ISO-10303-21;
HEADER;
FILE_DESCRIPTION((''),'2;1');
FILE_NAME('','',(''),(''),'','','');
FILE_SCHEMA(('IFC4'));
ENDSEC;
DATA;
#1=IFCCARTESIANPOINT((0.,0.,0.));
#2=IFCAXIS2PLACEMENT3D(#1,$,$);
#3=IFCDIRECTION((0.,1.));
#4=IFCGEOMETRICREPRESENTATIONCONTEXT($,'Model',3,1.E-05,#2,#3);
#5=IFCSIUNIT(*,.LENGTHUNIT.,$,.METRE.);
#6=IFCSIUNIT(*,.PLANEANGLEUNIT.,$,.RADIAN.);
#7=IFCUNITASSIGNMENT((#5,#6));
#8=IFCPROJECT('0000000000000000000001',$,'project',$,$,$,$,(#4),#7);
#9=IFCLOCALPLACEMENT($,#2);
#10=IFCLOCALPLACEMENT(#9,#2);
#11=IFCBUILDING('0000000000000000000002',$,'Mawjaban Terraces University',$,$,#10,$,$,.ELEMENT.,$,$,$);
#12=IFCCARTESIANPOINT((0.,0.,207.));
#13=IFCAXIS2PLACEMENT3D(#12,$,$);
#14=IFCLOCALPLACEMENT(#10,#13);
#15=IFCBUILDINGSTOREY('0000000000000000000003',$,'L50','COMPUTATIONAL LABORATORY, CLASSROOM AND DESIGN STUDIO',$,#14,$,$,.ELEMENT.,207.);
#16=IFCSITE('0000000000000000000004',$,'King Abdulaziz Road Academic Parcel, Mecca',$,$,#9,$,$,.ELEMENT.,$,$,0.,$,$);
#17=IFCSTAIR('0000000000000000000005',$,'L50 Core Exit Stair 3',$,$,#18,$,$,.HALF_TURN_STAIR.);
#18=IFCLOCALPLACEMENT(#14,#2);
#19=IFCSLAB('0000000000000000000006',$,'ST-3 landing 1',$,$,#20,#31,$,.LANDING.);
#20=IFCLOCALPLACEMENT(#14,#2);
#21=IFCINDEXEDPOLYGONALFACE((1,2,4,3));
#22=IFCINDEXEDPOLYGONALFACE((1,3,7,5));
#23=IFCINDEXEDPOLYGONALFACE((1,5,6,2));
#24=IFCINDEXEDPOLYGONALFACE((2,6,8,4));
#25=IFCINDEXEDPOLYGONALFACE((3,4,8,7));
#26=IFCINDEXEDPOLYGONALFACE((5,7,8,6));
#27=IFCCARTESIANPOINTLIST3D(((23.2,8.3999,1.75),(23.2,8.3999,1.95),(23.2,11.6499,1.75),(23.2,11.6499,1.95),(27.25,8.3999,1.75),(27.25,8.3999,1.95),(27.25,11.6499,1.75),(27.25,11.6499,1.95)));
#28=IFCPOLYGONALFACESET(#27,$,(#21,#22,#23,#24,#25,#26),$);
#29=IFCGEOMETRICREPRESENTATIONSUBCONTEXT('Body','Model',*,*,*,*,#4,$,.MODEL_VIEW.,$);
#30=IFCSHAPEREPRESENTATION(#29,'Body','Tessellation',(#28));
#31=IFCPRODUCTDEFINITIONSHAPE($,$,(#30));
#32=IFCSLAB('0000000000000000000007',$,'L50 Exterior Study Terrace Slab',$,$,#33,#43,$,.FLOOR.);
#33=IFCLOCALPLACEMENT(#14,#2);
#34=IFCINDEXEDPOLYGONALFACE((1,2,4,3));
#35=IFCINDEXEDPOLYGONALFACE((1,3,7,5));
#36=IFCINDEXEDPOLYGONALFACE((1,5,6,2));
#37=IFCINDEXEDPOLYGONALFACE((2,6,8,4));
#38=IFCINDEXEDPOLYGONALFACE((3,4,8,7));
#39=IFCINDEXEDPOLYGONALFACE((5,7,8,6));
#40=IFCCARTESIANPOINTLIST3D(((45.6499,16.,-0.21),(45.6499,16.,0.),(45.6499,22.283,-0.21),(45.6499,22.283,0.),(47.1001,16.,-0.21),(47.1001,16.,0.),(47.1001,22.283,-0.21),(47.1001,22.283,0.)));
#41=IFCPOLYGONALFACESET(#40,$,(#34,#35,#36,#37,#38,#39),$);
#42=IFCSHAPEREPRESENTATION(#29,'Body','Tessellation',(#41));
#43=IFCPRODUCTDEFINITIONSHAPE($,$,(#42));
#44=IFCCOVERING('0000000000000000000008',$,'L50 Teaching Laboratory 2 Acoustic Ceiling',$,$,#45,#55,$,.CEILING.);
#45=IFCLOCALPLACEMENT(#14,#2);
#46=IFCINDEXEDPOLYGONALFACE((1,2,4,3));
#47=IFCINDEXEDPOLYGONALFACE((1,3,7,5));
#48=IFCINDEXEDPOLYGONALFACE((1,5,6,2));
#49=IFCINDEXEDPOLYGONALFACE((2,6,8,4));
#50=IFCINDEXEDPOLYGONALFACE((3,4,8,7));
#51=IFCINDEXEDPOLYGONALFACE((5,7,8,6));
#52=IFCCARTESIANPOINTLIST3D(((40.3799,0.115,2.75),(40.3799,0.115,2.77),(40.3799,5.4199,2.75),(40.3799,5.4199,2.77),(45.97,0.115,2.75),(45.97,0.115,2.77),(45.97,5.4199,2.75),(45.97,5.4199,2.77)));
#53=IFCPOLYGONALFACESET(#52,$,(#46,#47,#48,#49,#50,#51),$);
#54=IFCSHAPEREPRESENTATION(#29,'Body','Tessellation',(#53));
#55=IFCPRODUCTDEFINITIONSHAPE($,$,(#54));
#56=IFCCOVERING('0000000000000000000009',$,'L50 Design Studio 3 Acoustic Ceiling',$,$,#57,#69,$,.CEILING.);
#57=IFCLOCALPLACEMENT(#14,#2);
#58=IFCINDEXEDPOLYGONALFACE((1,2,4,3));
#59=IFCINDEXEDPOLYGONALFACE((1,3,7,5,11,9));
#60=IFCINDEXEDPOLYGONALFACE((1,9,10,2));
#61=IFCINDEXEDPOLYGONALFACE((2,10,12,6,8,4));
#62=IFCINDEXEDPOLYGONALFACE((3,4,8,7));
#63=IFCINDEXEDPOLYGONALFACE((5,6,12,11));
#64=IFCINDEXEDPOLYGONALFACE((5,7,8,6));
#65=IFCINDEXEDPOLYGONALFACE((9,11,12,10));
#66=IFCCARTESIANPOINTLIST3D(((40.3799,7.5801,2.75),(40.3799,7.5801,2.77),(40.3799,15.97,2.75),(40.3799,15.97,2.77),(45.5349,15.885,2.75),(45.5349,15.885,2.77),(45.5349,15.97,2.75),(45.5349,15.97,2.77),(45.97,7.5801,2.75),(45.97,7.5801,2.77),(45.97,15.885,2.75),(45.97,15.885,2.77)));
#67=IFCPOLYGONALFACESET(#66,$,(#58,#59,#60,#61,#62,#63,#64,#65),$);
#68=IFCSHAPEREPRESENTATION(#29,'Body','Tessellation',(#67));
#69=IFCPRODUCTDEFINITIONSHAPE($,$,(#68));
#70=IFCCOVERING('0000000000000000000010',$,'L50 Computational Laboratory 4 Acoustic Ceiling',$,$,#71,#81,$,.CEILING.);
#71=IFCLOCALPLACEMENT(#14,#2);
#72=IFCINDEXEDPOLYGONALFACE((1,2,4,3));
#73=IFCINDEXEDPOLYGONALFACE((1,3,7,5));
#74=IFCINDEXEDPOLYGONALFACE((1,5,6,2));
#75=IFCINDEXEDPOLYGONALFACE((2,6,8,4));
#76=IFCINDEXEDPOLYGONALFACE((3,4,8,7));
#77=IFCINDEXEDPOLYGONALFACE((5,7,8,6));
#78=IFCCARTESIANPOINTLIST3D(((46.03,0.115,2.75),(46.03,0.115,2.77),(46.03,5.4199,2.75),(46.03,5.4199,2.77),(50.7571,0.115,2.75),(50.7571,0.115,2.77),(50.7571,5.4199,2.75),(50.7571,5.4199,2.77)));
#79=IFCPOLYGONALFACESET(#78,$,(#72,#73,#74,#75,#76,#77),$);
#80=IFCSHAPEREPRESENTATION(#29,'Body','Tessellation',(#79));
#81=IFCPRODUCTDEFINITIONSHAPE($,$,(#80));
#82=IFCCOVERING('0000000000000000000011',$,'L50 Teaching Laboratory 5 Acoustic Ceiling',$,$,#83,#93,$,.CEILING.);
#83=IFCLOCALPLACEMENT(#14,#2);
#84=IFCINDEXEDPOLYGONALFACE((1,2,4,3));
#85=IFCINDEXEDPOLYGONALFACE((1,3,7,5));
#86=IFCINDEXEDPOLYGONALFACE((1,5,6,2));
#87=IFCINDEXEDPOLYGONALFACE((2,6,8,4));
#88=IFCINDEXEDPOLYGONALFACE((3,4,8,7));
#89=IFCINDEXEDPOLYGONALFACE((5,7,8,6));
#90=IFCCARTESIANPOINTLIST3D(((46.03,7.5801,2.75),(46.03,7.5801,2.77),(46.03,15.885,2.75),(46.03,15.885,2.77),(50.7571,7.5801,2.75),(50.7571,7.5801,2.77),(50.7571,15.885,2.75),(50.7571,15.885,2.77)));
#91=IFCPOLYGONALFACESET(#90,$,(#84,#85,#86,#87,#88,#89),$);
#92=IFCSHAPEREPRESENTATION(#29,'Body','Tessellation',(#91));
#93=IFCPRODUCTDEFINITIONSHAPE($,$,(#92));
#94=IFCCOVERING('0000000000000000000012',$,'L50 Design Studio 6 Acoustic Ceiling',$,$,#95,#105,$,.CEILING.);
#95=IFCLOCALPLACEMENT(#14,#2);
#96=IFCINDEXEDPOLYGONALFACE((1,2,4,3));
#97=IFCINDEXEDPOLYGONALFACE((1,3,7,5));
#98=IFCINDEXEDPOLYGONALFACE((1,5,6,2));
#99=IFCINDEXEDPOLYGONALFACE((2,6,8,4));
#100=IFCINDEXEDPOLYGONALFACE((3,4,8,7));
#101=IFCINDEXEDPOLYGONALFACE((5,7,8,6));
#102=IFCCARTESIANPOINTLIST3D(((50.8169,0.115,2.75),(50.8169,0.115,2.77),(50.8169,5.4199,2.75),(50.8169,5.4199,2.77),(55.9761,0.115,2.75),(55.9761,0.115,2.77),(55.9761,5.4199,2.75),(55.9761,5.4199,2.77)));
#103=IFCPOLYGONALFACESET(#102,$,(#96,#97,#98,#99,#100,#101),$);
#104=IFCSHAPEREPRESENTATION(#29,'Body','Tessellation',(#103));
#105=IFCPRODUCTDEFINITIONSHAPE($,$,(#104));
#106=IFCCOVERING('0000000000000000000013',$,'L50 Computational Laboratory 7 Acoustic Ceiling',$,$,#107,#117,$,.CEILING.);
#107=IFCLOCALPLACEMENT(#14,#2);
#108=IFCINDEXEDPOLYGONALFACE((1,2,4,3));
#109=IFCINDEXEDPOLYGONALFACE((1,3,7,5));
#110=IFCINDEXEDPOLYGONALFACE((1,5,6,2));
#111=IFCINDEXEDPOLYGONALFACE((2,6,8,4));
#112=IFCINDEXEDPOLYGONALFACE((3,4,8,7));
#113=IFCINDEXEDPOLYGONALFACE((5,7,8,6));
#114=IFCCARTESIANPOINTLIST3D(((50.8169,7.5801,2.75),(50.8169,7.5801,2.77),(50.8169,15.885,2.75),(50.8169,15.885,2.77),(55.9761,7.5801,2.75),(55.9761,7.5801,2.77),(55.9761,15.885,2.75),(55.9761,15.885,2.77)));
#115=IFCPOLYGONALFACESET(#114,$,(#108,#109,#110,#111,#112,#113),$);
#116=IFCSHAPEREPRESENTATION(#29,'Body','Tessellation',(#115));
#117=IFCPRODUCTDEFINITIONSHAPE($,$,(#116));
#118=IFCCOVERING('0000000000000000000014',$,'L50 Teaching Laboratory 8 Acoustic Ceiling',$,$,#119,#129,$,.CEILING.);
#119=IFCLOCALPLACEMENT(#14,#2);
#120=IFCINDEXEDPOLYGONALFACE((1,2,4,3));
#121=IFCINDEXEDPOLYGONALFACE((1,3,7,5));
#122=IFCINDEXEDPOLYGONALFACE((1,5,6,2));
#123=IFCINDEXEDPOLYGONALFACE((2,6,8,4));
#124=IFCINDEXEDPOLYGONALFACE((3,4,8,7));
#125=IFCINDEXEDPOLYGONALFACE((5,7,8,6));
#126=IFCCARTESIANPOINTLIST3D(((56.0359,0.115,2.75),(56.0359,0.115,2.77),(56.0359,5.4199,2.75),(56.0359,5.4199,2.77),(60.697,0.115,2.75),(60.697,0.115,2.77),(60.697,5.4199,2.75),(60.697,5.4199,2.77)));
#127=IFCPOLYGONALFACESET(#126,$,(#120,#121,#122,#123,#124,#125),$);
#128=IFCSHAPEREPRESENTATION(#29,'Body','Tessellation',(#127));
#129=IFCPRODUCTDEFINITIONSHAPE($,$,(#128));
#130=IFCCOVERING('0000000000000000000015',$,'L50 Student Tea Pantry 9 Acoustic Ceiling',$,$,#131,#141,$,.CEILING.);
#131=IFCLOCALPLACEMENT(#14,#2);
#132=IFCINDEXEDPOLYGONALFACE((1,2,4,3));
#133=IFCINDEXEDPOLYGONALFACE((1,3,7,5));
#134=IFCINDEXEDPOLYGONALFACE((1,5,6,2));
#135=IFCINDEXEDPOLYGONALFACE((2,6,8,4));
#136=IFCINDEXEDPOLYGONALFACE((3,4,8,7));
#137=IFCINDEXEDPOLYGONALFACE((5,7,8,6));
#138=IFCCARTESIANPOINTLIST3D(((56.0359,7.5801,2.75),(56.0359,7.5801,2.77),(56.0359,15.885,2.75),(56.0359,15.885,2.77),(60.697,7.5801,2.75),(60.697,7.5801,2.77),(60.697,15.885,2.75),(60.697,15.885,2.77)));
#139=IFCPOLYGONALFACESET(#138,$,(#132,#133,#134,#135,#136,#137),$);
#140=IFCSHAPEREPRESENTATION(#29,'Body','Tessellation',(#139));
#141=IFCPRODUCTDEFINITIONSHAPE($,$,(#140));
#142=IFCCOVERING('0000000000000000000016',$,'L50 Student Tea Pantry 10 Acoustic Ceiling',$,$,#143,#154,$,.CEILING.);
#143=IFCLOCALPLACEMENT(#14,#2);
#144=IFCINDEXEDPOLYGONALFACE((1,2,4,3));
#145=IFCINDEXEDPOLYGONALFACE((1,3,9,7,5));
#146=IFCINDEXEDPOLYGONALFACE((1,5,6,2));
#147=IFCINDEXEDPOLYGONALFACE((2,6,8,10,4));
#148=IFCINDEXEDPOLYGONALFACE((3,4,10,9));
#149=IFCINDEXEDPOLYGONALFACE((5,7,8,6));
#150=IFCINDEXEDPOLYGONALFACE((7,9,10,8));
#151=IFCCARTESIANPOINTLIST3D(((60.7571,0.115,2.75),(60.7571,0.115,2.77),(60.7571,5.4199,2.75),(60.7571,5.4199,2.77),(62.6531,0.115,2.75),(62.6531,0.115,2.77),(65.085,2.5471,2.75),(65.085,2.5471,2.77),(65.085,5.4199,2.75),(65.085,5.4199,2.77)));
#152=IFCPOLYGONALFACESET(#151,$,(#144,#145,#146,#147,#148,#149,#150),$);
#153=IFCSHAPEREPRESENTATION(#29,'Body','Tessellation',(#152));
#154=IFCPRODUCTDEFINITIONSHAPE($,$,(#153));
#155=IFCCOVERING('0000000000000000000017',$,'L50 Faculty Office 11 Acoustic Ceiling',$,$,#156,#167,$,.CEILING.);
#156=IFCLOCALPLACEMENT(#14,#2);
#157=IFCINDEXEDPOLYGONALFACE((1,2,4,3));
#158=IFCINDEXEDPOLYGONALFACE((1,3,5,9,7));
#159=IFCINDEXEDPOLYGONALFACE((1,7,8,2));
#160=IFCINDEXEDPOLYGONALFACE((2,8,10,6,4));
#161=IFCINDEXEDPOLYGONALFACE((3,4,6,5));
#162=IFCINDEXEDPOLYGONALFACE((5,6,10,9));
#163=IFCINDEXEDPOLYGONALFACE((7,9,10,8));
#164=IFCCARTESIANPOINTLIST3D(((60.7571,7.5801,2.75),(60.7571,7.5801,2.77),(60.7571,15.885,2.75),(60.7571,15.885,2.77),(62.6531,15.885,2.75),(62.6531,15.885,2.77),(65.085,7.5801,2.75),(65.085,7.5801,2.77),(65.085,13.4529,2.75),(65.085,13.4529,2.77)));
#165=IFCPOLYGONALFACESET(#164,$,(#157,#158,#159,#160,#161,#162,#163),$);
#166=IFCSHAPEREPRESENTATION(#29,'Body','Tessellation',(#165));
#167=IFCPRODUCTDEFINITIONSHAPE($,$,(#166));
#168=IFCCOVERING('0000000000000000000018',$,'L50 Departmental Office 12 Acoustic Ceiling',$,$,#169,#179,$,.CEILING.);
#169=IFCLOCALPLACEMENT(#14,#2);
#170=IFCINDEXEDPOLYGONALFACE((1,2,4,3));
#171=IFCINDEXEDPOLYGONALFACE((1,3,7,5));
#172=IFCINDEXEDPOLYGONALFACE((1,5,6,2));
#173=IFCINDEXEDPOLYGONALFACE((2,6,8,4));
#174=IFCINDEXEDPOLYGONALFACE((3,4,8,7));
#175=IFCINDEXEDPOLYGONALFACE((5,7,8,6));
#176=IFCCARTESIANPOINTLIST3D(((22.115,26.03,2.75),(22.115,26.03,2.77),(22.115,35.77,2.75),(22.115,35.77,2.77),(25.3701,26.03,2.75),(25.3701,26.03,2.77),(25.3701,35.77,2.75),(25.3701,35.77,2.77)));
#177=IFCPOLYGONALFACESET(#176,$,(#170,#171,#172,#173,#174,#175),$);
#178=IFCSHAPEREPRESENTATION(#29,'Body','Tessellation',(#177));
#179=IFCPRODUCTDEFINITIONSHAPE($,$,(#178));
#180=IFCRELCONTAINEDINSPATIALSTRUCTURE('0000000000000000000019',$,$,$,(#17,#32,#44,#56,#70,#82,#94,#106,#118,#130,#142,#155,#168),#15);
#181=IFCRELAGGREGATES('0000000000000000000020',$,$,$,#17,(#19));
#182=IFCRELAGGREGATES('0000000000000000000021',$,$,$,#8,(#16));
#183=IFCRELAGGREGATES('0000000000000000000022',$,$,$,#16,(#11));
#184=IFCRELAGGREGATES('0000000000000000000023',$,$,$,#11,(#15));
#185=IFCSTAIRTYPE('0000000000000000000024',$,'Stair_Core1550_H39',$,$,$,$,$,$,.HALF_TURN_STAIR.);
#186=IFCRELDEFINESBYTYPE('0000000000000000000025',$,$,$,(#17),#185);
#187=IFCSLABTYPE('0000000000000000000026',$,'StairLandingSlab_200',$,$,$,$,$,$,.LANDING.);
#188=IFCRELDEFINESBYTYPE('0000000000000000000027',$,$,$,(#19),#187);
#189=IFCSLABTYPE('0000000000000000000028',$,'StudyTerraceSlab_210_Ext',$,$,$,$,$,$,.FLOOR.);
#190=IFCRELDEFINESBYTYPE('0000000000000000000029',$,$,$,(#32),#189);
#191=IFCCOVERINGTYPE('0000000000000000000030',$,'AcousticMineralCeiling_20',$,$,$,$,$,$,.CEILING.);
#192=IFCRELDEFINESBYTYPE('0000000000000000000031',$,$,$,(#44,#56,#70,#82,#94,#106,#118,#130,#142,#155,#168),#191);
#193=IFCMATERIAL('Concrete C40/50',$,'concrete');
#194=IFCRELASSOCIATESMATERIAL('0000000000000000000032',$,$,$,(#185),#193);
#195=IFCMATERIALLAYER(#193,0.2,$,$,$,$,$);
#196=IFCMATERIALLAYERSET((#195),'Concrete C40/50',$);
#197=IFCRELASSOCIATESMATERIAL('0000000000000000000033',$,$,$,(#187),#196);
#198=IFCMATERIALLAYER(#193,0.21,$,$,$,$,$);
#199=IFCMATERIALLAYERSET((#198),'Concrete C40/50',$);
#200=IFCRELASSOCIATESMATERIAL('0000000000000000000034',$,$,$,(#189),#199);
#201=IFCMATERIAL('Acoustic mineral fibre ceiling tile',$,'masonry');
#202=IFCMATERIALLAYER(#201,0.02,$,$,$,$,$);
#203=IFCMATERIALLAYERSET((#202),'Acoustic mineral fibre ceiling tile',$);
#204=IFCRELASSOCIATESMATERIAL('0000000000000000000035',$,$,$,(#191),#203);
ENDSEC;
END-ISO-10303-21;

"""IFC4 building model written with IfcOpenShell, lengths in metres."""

from ifc_helpers import new_model, si_unit, direction, frame, origin, place, context, subcontext, project, spatial, polyline, outline, extrude, material, layer, layer_set, type_object, element, aggregate, save


model = new_model("IFC4")

# Units and contexts
model_context = context("Model", 3, precision=1e-05, world=origin(), true_north=direction((0.0, 1.0)))
body_context = subcontext(model_context, "Body", "Model", "MODEL_VIEW")
ifc_project = project(units=[si_unit("LENGTHUNIT", "METRE"), si_unit("PLANEANGLEUNIT", "RADIAN")], contexts=[model_context])

# Site, building, storey
site_placement = place(None, origin())
site = spatial("IfcSite", under=ifc_project, at=site_placement, Name="King Abdulaziz Road Academic Parcel, Mecca", CompositionType="ELEMENT", RefElevation=0.0)
building_placement = place(site_placement, origin())
building = spatial("IfcBuilding", under=site, at=building_placement, Name="Mawjaban Terraces University", CompositionType="ELEMENT")
storey_placement = place(building_placement, frame((0.0, 0.0, 207.0)))
storey = spatial("IfcBuildingStorey", under=building, at=storey_placement, Name="L50", Description="COMPUTATIONAL LABORATORY, CLASSROOM AND DESIGN STUDIO", CompositionType="ELEMENT", Elevation=207.0)

# Shared definitions
ifc_material_1 = material(Name="Concrete C40/50", Category="concrete")

# Stair, slab
stair_type = type_object("IfcStairType", Name="Stair_Core1550_H39", PredefinedType="HALF_TURN_STAIR", material=ifc_material_1)
ifc_layer_1 = layer(ifc_material_1, 0.2)
ifc_layer_set_1 = layer_set([ifc_layer_1], Name="Concrete C40/50")
slab_type_1 = type_object("IfcSlabType", Name="StairLandingSlab_200", PredefinedType="LANDING", material=ifc_layer_set_1)
stair_1_placement = place(storey_placement, origin())
stair_1 = element("IfcStair", 1, at=stair_1_placement, inside=storey, type_object=stair_type, Name="L50 Core Exit Stair 3", PredefinedType="HALF_TURN_STAIR")
slab_1_placement = place(storey_placement, frame((0.0, 0.0, 1.75)))
slab_1 = element("IfcSlab", 2, at=slab_1_placement, type_object=slab_type_1, Name="ST-3 landing 1", PredefinedType="LANDING", context=body_context, shape_type="SweptSolid", body=[
    extrude(outline(polyline([(27.25, 11.6499), (23.2, 11.6499), (23.2, 8.3999), (27.25, 8.3999), (27.25, 11.6499)])), origin(), (0.0, 0.0, 1.0), 0.2),
])
aggregate(stair_1, [slab_1])

# Slab
ifc_layer_2 = layer(ifc_material_1, 0.21)
ifc_layer_set_2 = layer_set([ifc_layer_2], Name="Concrete C40/50")
slab_type_2 = type_object("IfcSlabType", Name="StudyTerraceSlab_210_Ext", PredefinedType="FLOOR", material=ifc_layer_set_2)
slab_2_placement = place(storey_placement, frame((0.0, 0.0, -0.21)))
element("IfcSlab", 3, at=slab_2_placement, inside=storey, type_object=slab_type_2, Name="L50 Exterior Study Terrace Slab", PredefinedType="FLOOR", context=body_context, shape_type="SweptSolid", body=[
    extrude(outline(polyline([(45.6499, 16.0), (47.1001, 16.0), (47.1001, 22.283), (45.6499, 22.283), (45.6499, 16.0)])), origin(), (0.0, 0.0, 1.0), 0.21),
])

# Coverings
ifc_material_2 = material(Name="Acoustic mineral fibre ceiling tile", Category="masonry")
ifc_layer_3 = layer(ifc_material_2, 0.02)
ifc_layer_set_3 = layer_set([ifc_layer_3], Name="Acoustic mineral fibre ceiling tile")
covering_type = type_object("IfcCoveringType", Name="AcousticMineralCeiling_20", PredefinedType="CEILING", material=ifc_layer_set_3)
covering_1_placement = place(storey_placement, frame((0.0, 0.0, 2.75)))
element("IfcCovering", 4, at=covering_1_placement, inside=storey, type_object=covering_type, Name="L50 Teaching Laboratory 2 Acoustic Ceiling", PredefinedType="CEILING", context=body_context, shape_type="SweptSolid", body=[
    extrude(outline(polyline([(40.3799, 0.115), (45.97, 0.115), (45.97, 5.4199), (40.3799, 5.4199), (40.3799, 0.115)])), origin(), (0.0, 0.0, 1.0), 0.02),
])
covering_2_placement = place(storey_placement, frame((0.0, 0.0, 2.75)))
element("IfcCovering", 5, at=covering_2_placement, inside=storey, type_object=covering_type, Name="L50 Design Studio 3 Acoustic Ceiling", PredefinedType="CEILING", context=body_context, shape_type="SweptSolid", body=[
    extrude(outline(polyline([(45.97, 15.885), (45.5349, 15.885), (45.5349, 15.97), (40.3799, 15.97), (40.3799, 7.5801), (45.97, 7.5801), (45.97, 15.885)])), origin(), (0.0, 0.0, 1.0), 0.02),
])
covering_3_placement = place(storey_placement, frame((0.0, 0.0, 2.75)))
element("IfcCovering", 6, at=covering_3_placement, inside=storey, type_object=covering_type, Name="L50 Computational Laboratory 4 Acoustic Ceiling", PredefinedType="CEILING", context=body_context, shape_type="SweptSolid", body=[
    extrude(outline(polyline([(46.03, 0.115), (50.7571, 0.115), (50.7571, 5.4199), (46.03, 5.4199), (46.03, 0.115)])), origin(), (0.0, 0.0, 1.0), 0.02),
])
covering_4_placement = place(storey_placement, frame((0.0, 0.0, 2.75)))
element("IfcCovering", 7, at=covering_4_placement, inside=storey, type_object=covering_type, Name="L50 Teaching Laboratory 5 Acoustic Ceiling", PredefinedType="CEILING", context=body_context, shape_type="SweptSolid", body=[
    extrude(outline(polyline([(50.7571, 15.885), (46.03, 15.885), (46.03, 7.5801), (50.7571, 7.5801), (50.7571, 15.885)])), origin(), (0.0, 0.0, 1.0), 0.02),
])
covering_5_placement = place(storey_placement, frame((0.0, 0.0, 2.75)))
element("IfcCovering", 8, at=covering_5_placement, inside=storey, type_object=covering_type, Name="L50 Design Studio 6 Acoustic Ceiling", PredefinedType="CEILING", context=body_context, shape_type="SweptSolid", body=[
    extrude(outline(polyline([(50.8169, 0.115), (55.9761, 0.115), (55.9761, 5.4199), (50.8169, 5.4199), (50.8169, 0.115)])), origin(), (0.0, 0.0, 1.0), 0.02),
])
covering_6_placement = place(storey_placement, frame((0.0, 0.0, 2.75)))
element("IfcCovering", 9, at=covering_6_placement, inside=storey, type_object=covering_type, Name="L50 Computational Laboratory 7 Acoustic Ceiling", PredefinedType="CEILING", context=body_context, shape_type="SweptSolid", body=[
    extrude(outline(polyline([(55.9761, 15.885), (50.8169, 15.885), (50.8169, 7.5801), (55.9761, 7.5801), (55.9761, 15.885)])), origin(), (0.0, 0.0, 1.0), 0.02),
])
covering_7_placement = place(storey_placement, frame((0.0, 0.0, 2.75)))
element("IfcCovering", 10, at=covering_7_placement, inside=storey, type_object=covering_type, Name="L50 Teaching Laboratory 8 Acoustic Ceiling", PredefinedType="CEILING", context=body_context, shape_type="SweptSolid", body=[
    extrude(outline(polyline([(56.0359, 0.115), (60.697, 0.115), (60.697, 5.4199), (56.0359, 5.4199), (56.0359, 0.115)])), origin(), (0.0, 0.0, 1.0), 0.02),
])
covering_8_placement = place(storey_placement, frame((0.0, 0.0, 2.75)))
element("IfcCovering", 11, at=covering_8_placement, inside=storey, type_object=covering_type, Name="L50 Student Tea Pantry 9 Acoustic Ceiling", PredefinedType="CEILING", context=body_context, shape_type="SweptSolid", body=[
    extrude(outline(polyline([(60.697, 15.885), (56.0359, 15.885), (56.0359, 7.5801), (60.697, 7.5801), (60.697, 15.885)])), origin(), (0.0, 0.0, 1.0), 0.02),
])
covering_9_placement = place(storey_placement, frame((0.0, 0.0, 2.75)))
element("IfcCovering", 12, at=covering_9_placement, inside=storey, type_object=covering_type, Name="L50 Student Tea Pantry 10 Acoustic Ceiling", PredefinedType="CEILING", context=body_context, shape_type="SweptSolid", body=[
    extrude(outline(polyline([(60.7571, 0.115), (62.6531, 0.115), (65.085, 2.5471), (65.085, 5.4199), (60.7571, 5.4199), (60.7571, 0.115)])), origin(), (0.0, 0.0, 1.0), 0.02),
])
covering_10_placement = place(storey_placement, frame((0.0, 0.0, 2.75)))
element("IfcCovering", 13, at=covering_10_placement, inside=storey, type_object=covering_type, Name="L50 Faculty Office 11 Acoustic Ceiling", PredefinedType="CEILING", context=body_context, shape_type="SweptSolid", body=[
    extrude(outline(polyline([(65.085, 7.5801), (65.085, 13.4529), (62.6531, 15.885), (60.7571, 15.885), (60.7571, 7.5801), (65.085, 7.5801)])), origin(), (0.0, 0.0, 1.0), 0.02),
])
covering_11_placement = place(storey_placement, frame((0.0, 0.0, 2.75)))
element("IfcCovering", 14, at=covering_11_placement, inside=storey, type_object=covering_type, Name="L50 Departmental Office 12 Acoustic Ceiling", PredefinedType="CEILING", context=body_context, shape_type="SweptSolid", body=[
    extrude(outline(polyline([(22.115, 35.77), (22.115, 26.03), (25.3701, 26.03), (25.3701, 35.77), (22.115, 35.77)])), origin(), (0.0, 0.0, 1.0), 0.02),
])

save(model, "model.ifc")
